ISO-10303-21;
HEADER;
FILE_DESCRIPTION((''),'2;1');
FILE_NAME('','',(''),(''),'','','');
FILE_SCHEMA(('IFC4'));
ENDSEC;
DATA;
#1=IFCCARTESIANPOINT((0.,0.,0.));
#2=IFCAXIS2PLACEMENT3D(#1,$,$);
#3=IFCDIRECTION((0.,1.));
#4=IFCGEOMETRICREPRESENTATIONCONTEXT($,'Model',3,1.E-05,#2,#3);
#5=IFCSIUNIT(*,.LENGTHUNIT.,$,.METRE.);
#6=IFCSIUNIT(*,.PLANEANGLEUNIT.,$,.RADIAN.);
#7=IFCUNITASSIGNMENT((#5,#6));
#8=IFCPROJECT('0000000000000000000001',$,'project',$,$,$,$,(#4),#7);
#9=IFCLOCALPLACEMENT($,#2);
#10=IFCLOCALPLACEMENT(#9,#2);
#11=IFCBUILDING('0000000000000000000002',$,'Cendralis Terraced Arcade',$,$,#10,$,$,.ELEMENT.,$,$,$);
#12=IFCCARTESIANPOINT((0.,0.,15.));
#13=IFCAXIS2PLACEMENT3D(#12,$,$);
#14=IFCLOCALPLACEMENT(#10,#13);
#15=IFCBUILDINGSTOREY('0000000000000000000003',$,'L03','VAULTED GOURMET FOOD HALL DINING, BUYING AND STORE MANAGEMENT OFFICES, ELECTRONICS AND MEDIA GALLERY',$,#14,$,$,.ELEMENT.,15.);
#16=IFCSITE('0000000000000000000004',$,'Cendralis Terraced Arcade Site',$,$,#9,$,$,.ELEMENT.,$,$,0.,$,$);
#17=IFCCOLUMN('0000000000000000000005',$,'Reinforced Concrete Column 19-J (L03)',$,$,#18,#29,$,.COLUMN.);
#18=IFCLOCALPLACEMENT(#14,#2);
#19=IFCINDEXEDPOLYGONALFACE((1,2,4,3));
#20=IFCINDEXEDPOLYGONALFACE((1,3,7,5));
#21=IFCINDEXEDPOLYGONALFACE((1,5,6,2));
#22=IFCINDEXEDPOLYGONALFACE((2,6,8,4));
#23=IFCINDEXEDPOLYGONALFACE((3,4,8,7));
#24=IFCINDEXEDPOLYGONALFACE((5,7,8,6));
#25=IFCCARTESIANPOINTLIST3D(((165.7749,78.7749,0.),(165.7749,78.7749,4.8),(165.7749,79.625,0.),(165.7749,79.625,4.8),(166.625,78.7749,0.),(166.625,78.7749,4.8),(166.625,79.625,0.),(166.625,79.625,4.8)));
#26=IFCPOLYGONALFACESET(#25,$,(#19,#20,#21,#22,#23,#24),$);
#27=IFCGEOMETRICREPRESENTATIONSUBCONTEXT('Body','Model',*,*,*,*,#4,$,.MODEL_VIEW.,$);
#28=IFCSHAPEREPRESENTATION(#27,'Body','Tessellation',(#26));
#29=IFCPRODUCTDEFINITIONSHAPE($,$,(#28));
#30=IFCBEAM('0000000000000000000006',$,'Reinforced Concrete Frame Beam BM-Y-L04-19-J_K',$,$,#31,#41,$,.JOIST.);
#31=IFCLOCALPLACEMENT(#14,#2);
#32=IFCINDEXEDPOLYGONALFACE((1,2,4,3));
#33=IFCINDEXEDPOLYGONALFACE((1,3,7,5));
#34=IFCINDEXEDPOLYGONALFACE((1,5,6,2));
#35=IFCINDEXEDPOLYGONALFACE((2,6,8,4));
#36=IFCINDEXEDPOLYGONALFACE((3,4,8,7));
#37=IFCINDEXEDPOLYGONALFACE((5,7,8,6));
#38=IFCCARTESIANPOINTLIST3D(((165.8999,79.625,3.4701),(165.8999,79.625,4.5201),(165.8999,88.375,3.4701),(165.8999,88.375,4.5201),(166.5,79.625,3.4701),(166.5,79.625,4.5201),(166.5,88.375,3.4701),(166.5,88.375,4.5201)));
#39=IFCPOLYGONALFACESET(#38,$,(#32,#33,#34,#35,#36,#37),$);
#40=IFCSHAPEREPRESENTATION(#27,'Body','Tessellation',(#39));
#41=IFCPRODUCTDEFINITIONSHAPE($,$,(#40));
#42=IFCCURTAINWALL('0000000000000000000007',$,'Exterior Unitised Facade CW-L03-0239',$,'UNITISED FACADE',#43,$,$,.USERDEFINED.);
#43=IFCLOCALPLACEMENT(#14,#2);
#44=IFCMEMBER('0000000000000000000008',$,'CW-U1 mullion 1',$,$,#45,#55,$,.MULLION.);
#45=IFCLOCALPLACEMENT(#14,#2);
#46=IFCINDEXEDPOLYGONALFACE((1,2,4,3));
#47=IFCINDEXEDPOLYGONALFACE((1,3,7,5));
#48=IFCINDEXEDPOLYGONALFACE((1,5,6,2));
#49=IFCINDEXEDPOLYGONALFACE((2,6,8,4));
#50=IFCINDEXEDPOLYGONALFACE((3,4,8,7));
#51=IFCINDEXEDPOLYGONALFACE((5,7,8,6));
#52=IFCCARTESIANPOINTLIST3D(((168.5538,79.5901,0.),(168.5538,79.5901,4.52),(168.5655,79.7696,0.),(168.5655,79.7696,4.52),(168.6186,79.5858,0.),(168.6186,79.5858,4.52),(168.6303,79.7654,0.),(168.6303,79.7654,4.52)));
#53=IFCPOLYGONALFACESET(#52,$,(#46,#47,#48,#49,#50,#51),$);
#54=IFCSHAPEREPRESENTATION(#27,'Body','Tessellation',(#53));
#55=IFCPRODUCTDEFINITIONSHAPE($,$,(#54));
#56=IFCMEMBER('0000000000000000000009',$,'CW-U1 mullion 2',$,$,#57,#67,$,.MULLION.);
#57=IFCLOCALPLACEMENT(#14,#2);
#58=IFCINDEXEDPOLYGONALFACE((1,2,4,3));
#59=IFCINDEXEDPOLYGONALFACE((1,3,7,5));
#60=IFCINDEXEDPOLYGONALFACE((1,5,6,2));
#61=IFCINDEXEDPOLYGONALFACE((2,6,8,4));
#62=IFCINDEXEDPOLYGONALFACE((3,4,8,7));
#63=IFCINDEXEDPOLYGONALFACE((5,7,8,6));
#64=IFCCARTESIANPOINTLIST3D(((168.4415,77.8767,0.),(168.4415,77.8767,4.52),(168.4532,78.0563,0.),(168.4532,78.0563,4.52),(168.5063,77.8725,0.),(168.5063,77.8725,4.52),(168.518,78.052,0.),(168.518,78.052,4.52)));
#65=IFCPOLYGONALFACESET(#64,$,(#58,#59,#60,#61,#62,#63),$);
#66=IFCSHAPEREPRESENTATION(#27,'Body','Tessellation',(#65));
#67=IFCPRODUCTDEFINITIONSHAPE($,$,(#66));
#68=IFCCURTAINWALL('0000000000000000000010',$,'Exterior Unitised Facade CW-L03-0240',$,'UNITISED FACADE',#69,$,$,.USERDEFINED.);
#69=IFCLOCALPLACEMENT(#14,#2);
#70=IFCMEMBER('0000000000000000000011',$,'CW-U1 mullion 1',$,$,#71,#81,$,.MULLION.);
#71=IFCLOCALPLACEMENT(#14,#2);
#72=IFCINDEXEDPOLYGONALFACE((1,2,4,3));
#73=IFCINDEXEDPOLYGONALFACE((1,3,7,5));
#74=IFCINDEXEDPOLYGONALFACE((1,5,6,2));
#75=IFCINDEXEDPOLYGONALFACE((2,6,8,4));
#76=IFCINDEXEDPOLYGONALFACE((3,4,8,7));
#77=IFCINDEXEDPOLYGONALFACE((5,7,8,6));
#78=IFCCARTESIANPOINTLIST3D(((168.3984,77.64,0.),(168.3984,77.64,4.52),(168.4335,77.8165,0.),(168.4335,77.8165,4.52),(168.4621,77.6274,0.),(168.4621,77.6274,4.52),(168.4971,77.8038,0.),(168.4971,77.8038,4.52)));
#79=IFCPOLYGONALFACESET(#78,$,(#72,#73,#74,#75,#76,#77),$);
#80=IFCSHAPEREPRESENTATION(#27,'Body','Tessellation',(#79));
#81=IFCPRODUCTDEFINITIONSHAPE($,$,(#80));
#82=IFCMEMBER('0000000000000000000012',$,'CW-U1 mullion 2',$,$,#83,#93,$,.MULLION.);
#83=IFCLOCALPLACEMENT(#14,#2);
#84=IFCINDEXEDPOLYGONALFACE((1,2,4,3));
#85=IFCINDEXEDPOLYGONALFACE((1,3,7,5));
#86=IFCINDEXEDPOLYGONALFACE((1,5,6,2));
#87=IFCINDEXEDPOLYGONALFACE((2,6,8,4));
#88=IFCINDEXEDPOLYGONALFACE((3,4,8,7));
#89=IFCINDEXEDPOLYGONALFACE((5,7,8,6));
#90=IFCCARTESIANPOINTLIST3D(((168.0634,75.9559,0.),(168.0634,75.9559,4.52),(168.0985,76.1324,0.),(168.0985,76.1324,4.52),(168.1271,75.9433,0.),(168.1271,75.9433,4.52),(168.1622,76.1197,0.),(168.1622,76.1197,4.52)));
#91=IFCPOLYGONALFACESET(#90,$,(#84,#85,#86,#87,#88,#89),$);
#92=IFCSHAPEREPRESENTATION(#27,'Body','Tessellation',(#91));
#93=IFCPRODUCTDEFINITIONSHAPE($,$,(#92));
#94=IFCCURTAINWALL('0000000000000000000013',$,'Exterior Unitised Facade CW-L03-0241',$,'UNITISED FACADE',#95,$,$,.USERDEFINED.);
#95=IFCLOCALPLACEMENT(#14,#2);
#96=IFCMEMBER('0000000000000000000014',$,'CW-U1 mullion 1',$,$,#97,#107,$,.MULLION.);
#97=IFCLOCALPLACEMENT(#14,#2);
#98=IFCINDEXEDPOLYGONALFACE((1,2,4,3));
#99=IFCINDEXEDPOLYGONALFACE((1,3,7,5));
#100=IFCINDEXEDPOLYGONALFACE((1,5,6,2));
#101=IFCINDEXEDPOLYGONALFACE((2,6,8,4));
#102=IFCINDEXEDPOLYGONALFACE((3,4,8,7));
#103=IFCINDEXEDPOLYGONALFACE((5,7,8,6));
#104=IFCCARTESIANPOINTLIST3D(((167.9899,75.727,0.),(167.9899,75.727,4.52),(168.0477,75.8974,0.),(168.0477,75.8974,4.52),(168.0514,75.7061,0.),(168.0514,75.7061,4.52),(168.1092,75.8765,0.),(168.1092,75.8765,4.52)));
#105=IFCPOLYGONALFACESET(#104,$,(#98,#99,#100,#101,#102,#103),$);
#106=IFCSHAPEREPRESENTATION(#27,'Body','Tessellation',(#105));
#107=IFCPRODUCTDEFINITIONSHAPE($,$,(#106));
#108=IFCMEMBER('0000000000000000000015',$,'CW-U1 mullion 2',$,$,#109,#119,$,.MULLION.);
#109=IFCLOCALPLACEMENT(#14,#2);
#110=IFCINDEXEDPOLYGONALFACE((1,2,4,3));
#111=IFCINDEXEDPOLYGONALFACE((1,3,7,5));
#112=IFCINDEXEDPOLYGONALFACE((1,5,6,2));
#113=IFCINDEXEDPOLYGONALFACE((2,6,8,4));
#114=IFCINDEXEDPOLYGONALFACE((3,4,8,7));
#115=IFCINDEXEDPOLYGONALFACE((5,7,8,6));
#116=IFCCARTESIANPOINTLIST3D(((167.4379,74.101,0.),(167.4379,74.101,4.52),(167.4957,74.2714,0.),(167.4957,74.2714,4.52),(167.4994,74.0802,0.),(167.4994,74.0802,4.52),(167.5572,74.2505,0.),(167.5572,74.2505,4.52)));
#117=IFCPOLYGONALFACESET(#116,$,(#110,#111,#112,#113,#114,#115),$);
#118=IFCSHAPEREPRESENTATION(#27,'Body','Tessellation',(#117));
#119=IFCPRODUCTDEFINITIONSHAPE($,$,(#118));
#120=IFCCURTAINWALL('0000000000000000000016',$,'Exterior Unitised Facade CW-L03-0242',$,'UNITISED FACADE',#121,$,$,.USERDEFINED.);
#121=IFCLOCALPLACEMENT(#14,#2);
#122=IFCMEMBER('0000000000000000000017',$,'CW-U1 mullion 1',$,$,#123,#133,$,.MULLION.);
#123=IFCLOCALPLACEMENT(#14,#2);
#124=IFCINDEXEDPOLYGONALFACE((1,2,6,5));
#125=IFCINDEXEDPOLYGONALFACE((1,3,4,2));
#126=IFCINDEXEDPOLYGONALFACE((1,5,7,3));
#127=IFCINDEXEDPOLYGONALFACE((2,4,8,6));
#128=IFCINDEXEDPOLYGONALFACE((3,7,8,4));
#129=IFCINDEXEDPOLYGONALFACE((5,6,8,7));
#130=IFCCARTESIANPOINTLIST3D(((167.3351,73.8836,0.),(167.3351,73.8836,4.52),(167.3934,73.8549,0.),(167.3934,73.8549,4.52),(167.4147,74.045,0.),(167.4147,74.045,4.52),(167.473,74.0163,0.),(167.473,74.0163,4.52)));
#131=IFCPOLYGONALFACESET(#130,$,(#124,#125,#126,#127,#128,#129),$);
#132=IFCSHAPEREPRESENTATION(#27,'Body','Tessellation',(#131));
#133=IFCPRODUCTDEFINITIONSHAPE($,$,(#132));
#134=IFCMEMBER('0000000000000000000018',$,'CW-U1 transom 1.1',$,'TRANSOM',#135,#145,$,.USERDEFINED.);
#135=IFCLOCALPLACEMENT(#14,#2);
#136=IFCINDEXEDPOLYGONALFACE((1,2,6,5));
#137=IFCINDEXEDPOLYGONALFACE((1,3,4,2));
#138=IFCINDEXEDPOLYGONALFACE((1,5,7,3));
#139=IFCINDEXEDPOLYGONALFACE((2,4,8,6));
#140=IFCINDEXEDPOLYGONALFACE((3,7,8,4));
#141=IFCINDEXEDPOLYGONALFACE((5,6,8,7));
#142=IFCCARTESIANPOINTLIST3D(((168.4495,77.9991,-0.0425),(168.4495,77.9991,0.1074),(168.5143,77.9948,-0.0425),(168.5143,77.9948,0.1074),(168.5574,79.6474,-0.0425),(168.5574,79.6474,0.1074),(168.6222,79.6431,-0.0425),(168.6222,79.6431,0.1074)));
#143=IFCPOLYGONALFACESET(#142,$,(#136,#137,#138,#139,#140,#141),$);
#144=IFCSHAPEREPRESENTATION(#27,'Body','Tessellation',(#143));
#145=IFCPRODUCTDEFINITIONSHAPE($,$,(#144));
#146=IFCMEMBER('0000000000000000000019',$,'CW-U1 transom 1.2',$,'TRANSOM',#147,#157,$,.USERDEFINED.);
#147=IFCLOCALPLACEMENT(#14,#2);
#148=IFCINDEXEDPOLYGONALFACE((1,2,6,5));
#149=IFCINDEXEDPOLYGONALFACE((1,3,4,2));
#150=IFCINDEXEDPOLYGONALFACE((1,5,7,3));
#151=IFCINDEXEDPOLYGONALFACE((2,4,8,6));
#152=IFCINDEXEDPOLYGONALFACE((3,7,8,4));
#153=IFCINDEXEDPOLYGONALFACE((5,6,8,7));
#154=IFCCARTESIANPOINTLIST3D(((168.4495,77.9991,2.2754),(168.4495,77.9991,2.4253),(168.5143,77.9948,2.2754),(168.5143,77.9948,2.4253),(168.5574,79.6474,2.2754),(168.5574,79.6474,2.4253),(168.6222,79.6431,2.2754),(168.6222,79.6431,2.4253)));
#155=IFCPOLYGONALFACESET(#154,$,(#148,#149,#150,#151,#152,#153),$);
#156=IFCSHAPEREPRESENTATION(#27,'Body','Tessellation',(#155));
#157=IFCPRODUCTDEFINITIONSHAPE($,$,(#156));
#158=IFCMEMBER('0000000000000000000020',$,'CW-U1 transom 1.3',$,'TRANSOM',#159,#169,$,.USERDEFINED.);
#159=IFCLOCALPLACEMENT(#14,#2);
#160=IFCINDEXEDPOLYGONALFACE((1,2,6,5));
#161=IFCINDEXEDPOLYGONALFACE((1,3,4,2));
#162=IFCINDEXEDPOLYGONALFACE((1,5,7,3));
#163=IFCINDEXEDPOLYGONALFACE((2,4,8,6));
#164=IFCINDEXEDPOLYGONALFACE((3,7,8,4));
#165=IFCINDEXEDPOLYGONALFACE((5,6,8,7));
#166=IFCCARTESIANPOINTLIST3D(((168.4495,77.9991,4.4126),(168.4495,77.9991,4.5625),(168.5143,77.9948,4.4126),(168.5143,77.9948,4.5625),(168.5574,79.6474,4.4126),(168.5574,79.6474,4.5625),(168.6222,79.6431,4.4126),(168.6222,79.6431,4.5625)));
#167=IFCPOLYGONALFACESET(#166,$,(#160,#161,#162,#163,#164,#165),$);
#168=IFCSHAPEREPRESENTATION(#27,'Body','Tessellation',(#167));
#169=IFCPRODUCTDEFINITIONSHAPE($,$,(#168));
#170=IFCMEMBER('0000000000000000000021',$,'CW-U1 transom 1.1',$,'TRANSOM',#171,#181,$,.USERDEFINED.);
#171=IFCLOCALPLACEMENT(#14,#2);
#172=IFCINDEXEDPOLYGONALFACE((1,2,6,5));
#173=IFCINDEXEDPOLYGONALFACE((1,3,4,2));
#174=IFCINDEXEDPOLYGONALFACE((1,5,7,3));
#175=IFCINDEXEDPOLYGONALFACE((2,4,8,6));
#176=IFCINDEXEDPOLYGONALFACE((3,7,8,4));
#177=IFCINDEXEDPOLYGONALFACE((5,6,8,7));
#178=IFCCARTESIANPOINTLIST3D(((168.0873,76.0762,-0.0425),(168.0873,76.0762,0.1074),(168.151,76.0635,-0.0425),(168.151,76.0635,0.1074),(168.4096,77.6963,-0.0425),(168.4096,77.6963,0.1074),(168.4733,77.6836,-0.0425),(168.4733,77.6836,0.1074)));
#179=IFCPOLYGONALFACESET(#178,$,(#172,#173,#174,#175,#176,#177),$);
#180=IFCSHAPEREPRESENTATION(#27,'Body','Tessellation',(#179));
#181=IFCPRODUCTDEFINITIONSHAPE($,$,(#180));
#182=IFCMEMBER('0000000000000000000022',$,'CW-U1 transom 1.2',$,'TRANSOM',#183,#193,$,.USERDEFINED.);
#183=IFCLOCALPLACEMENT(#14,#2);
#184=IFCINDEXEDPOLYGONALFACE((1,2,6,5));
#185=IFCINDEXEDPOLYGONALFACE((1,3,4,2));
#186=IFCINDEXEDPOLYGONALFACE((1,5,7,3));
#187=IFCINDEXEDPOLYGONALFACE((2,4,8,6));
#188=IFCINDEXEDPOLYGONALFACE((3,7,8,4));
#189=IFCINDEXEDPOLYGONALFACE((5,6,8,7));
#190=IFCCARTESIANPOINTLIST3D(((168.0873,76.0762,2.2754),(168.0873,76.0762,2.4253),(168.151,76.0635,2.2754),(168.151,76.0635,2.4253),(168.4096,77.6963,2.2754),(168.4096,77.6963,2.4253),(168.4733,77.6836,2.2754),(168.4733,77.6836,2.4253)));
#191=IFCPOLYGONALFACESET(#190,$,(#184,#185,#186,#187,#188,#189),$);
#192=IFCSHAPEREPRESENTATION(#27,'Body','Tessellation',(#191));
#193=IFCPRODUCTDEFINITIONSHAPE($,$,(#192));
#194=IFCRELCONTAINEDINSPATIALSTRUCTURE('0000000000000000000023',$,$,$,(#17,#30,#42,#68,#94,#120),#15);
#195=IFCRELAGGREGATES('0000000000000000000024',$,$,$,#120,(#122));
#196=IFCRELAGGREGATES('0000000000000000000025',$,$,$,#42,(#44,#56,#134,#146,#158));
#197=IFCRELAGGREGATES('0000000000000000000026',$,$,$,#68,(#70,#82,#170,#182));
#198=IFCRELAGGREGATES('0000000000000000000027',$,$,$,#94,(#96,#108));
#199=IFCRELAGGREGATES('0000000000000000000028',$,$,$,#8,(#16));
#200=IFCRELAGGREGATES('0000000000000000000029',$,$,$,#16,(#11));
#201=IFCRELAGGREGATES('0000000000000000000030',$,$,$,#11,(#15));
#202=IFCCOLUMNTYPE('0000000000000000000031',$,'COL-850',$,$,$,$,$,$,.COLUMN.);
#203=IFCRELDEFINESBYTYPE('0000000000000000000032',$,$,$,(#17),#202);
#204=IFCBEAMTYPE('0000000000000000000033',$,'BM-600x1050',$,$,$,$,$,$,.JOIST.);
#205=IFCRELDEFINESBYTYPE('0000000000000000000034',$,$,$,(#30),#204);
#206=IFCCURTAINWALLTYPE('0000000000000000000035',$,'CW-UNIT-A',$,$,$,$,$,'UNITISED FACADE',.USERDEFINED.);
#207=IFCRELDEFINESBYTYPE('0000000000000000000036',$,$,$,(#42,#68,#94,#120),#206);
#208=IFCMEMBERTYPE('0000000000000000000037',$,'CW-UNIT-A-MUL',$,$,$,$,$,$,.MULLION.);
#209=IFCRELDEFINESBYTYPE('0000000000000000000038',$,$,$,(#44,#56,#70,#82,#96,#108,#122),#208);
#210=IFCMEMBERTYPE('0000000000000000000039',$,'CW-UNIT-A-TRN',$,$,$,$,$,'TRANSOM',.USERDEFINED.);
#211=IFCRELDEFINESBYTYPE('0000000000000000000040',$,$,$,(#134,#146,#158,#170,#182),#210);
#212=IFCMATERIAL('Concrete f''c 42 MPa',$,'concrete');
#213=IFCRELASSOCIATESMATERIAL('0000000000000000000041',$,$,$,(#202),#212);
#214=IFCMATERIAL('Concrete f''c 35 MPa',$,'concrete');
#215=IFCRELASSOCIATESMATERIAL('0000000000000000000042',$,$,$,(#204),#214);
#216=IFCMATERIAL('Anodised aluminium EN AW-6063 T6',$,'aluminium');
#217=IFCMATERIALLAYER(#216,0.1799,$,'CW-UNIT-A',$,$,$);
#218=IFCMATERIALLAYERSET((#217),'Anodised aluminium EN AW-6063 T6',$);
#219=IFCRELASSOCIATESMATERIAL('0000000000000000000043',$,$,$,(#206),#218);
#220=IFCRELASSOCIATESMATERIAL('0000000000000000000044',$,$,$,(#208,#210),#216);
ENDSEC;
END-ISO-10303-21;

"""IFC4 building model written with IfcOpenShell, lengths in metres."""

from ifc_helpers import new_model, si_unit, direction, frame, origin, origin_2d, place, context, subcontext, project, spatial, rectangle, extrude, material, layer, layer_set, material_profile, profile_set, type_object, element, aggregate, save


model = new_model("IFC4")

# Units and contexts
model_context = context("Model", 3, precision=1e-05, world=origin(), true_north=direction((0.0, 1.0)))
body_context = subcontext(model_context, "Body", "Model", "MODEL_VIEW")
ifc_project = project(units=[si_unit("LENGTHUNIT", "METRE"), si_unit("PLANEANGLEUNIT", "RADIAN")], contexts=[model_context])

# Site, building, storey
site_placement = place(None, origin())
site = spatial("IfcSite", under=ifc_project, at=site_placement, Name="Cendralis Terraced Arcade Site", CompositionType="ELEMENT", RefElevation=0.0)
building_placement = place(site_placement, origin())
building = spatial("IfcBuilding", under=site, at=building_placement, Name="Cendralis Terraced Arcade", CompositionType="ELEMENT")
storey_placement = place(building_placement, frame((0.0, 0.0, 15.0)))
storey = spatial("IfcBuildingStorey", under=building, at=storey_placement, Name="L03", Description="VAULTED GOURMET FOOD HALL DINING, BUYING AND STORE MANAGEMENT OFFICES, ELECTRONICS AND MEDIA GALLERY", CompositionType="ELEMENT", Elevation=15.0)

# Column
ifc_material_1 = material(Name="Concrete f'c 42 MPa", Category="concrete")
ifc_material_profile_1 = material_profile(ifc_material_1, rectangle(XDim=0.8501, YDim=0.8501, at=origin_2d()), Name="RC-COL-850x850", Category="LoadBearing")
ifc_profile_set_1 = profile_set([ifc_material_profile_1], Name="Concrete f'c 42 MPa")
column_type = type_object("IfcColumnType", Name="COL-850", PredefinedType="COLUMN", material=ifc_profile_set_1)
column_placement = place(storey_placement, frame((166.2, 79.2, 0.0), z_axis=(0.0, 0.0, 1.0), x_axis=(1.0, 0.0, 0.0)))
element("IfcColumn", 1, at=column_placement, inside=storey, type_object=column_type, Name="Reinforced Concrete Column 19-J (L03)", PredefinedType="COLUMN", context=body_context, shape_type="SweptSolid", body=[
    extrude(rectangle(XDim=0.8501, YDim=0.8501, at=origin_2d()), origin(), (0.0, 0.0, 1.0), 4.8),
])

# Beam
ifc_material_2 = material(Name="Concrete f'c 35 MPa", Category="concrete")
ifc_material_profile_2 = material_profile(ifc_material_2, rectangle(XDim=0.6001, YDim=1.05, at=origin_2d()), Name="RC-BM-600x1050", Category="LoadBearing")
ifc_profile_set_2 = profile_set([ifc_material_profile_2], Name="Concrete f'c 35 MPa")
beam_type = type_object("IfcBeamType", Name="BM-600x1050", PredefinedType="JOIST", material=ifc_profile_set_2)
beam_placement = place(storey_placement, frame((166.2, 79.625, 3.9951), z_axis=(0.0, 1.0, 0.0), x_axis=(-1.0, 0.0, 0.0)))
element("IfcBeam", 2, at=beam_placement, inside=storey, type_object=beam_type, Name="Reinforced Concrete Frame Beam BM-Y-L04-19-J_K", PredefinedType="JOIST", context=body_context, shape_type="SweptSolid", body=[
    extrude(rectangle(XDim=0.6001, YDim=1.05, at=origin_2d()), origin(), (0.0, 0.0, 1.0), 8.75),
])

# Curtain walls, members
ifc_material_3 = material(Name="Anodised aluminium EN AW-6063 T6", Category="aluminium")
ifc_layer_1 = layer(ifc_material_3, 0.1799, Name="CW-UNIT-A")
ifc_layer_set_1 = layer_set([ifc_layer_1], Name="Anodised aluminium EN AW-6063 T6")
curtain_wall_type = type_object("IfcCurtainWallType", Name="CW-UNIT-A", ElementType="UNITISED FACADE", PredefinedType="USERDEFINED", material=ifc_layer_set_1)
curtain_wall_1_placement = place(storey_placement, origin())
curtain_wall_1 = element("IfcCurtainWall", 3, at=curtain_wall_1_placement, inside=storey, type_object=curtain_wall_type, Name="Exterior Unitised Facade CW-L03-0239", ObjectType="UNITISED FACADE", PredefinedType="USERDEFINED")
ifc_material_profile_3 = material_profile(ifc_material_3, rectangle(XDim=0.0649, YDim=0.1799, at=origin_2d()), Name="ALU-MUL-65x180")
ifc_profile_set_3 = profile_set([ifc_material_profile_3], Name="Anodised aluminium EN AW-6063 T6")
member_type_1 = type_object("IfcMemberType", Name="CW-UNIT-A-MUL", PredefinedType="MULLION", material=ifc_profile_set_3)
member_1_placement = place(storey_placement, frame((168.592, 79.6777, 0.0), z_axis=(0.0, 0.0, 1.0), x_axis=(0.997861, -0.065372, 0.0)))
member_1 = element("IfcMember", 4, at=member_1_placement, type_object=member_type_1, Name="CW-U1 mullion 1", PredefinedType="MULLION", context=body_context, shape_type="SweptSolid", body=[
    extrude(rectangle(XDim=0.0649, YDim=0.1799, at=origin_2d()), origin(), (0.0, 0.0, 1.0), 4.52),
])
member_2_placement = place(storey_placement, frame((168.4797, 77.9644, 0.0), z_axis=(0.0, 0.0, 1.0), x_axis=(0.997861, -0.065372, 0.0)))
member_2 = element("IfcMember", 5, at=member_2_placement, type_object=member_type_1, Name="CW-U1 mullion 2", PredefinedType="MULLION", context=body_context, shape_type="SweptSolid", body=[
    extrude(rectangle(XDim=0.0649, YDim=0.1799, at=origin_2d()), origin(), (0.0, 0.0, 1.0), 4.52),
])
curtain_wall_2_placement = place(storey_placement, origin())
curtain_wall_2 = element("IfcCurtainWall", 6, at=curtain_wall_2_placement, inside=storey, type_object=curtain_wall_type, Name="Exterior Unitised Facade CW-L03-0240", ObjectType="UNITISED FACADE", PredefinedType="USERDEFINED")
member_3_placement = place(storey_placement, frame((168.4478, 77.7219, 0.0), z_axis=(0.0, 0.0, 1.0), x_axis=(0.980792, -0.195058, 0.0)))
member_3 = element("IfcMember", 7, at=member_3_placement, type_object=member_type_1, Name="CW-U1 mullion 1", PredefinedType="MULLION", context=body_context, shape_type="SweptSolid", body=[
    extrude(rectangle(XDim=0.0649, YDim=0.1799, at=origin_2d()), origin(), (0.0, 0.0, 1.0), 4.52),
])
member_4_placement = place(storey_placement, frame((168.1128, 76.0378, 0.0), z_axis=(0.0, 0.0, 1.0), x_axis=(0.980792, -0.195058, 0.0)))
member_4 = element("IfcMember", 8, at=member_4_placement, type_object=member_type_1, Name="CW-U1 mullion 2", PredefinedType="MULLION", context=body_context, shape_type="SweptSolid", body=[
    extrude(rectangle(XDim=0.0649, YDim=0.1799, at=origin_2d()), origin(), (0.0, 0.0, 1.0), 4.52),
])
curtain_wall_3_placement = place(storey_placement, origin())
curtain_wall_3 = element("IfcCurtainWall", 9, at=curtain_wall_3_placement, inside=storey, type_object=curtain_wall_type, Name="Exterior Unitised Facade CW-L03-0241", ObjectType="UNITISED FACADE", PredefinedType="USERDEFINED")
member_5_placement = place(storey_placement, frame((168.0496, 75.8018, 0.0), z_axis=(0.0, 0.0, 1.0), x_axis=(0.946924, -0.321458, 0.0)))
member_5 = element("IfcMember", 10, at=member_5_placement, type_object=member_type_1, Name="CW-U1 mullion 1", PredefinedType="MULLION", context=body_context, shape_type="SweptSolid", body=[
    extrude(rectangle(XDim=0.0649, YDim=0.1799, at=origin_2d()), origin(), (0.0, 0.0, 1.0), 4.52),
])
member_6_placement = place(storey_placement, frame((167.4976, 74.1758, 0.0), z_axis=(0.0, 0.0, 1.0), x_axis=(0.946924, -0.321458, 0.0)))
member_6 = element("IfcMember", 11, at=member_6_placement, type_object=member_type_1, Name="CW-U1 mullion 2", PredefinedType="MULLION", context=body_context, shape_type="SweptSolid", body=[
    extrude(rectangle(XDim=0.0649, YDim=0.1799, at=origin_2d()), origin(), (0.0, 0.0, 1.0), 4.52),
])

# Curtain wall, member
curtain_wall_4_placement = place(storey_placement, origin())
curtain_wall_4 = element("IfcCurtainWall", 12, at=curtain_wall_4_placement, inside=storey, type_object=curtain_wall_type, Name="Exterior Unitised Facade CW-L03-0242", ObjectType="UNITISED FACADE", PredefinedType="USERDEFINED")
member_7_placement = place(storey_placement, frame((167.4041, 73.95, 0.0), z_axis=(0.0, 0.0, 1.0), x_axis=(0.896871, -0.442291, 0.0)))
member_7 = element("IfcMember", 13, at=member_7_placement, type_object=member_type_1, Name="CW-U1 mullion 1", PredefinedType="MULLION", context=body_context, shape_type="SweptSolid", body=[
    extrude(rectangle(XDim=0.0649, YDim=0.1799, at=origin_2d()), origin(), (0.0, 0.0, 1.0), 4.52),
])

# Members
ifc_material_profile_4 = material_profile(ifc_material_3, rectangle(XDim=0.0649, YDim=0.1499, at=origin_2d()), Name="ALU-TRN-65x150")
ifc_profile_set_4 = profile_set([ifc_material_profile_4], Name="Anodised aluminium EN AW-6063 T6")
member_type_2 = type_object("IfcMemberType", Name="CW-UNIT-A-TRN", ElementType="TRANSOM", PredefinedType="USERDEFINED", material=ifc_profile_set_4)
member_8_placement = place(storey_placement, frame((168.5898, 79.6453, 0.0325), z_axis=(-0.065322, -0.997864, 0.0), x_axis=(0.997864, -0.065322, 0.0)))
member_8 = element("IfcMember", 14, at=member_8_placement, type_object=member_type_2, Name="CW-U1 transom 1.1", ObjectType="TRANSOM", PredefinedType="USERDEFINED", context=body_context, shape_type="SweptSolid", body=[
    extrude(rectangle(XDim=0.0649, YDim=0.1499, at=origin_2d()), origin(), (0.0, 0.0, 1.0), 1.6519),
])
member_9_placement = place(storey_placement, frame((168.5898, 79.6453, 2.3503), z_axis=(-0.065322, -0.997864, 0.0), x_axis=(0.997864, -0.065322, 0.0)))
member_9 = element("IfcMember", 15, at=member_9_placement, type_object=member_type_2, Name="CW-U1 transom 1.2", ObjectType="TRANSOM", PredefinedType="USERDEFINED", context=body_context, shape_type="SweptSolid", body=[
    extrude(rectangle(XDim=0.0649, YDim=0.1499, at=origin_2d()), origin(), (0.0, 0.0, 1.0), 1.6519),
])
member_10_placement = place(storey_placement, frame((168.5898, 79.6453, 4.4875), z_axis=(-0.065322, -0.997864, 0.0), x_axis=(0.997864, -0.065322, 0.0)))
member_10 = element("IfcMember", 16, at=member_10_placement, type_object=member_type_2, Name="CW-U1 transom 1.3", ObjectType="TRANSOM", PredefinedType="USERDEFINED", context=body_context, shape_type="SweptSolid", body=[
    extrude(rectangle(XDim=0.0649, YDim=0.1499, at=origin_2d()), origin(), (0.0, 0.0, 1.0), 1.6519),
])
member_11_placement = place(storey_placement, frame((168.4414, 77.6899, 0.0325), z_axis=(-0.195093, -0.980785, 0.0), x_axis=(0.980785, -0.195093, 0.0)))
member_11 = element("IfcMember", 17, at=member_11_placement, type_object=member_type_2, Name="CW-U1 transom 1.1", ObjectType="TRANSOM", PredefinedType="USERDEFINED", context=body_context, shape_type="SweptSolid", body=[
    extrude(rectangle(XDim=0.0649, YDim=0.1499, at=origin_2d()), origin(), (0.0, 0.0, 1.0), 1.6519),
])
member_12_placement = place(storey_placement, frame((168.4414, 77.6899, 2.3503), z_axis=(-0.195093, -0.980785, 0.0), x_axis=(0.980785, -0.195093, 0.0)))
member_12 = element("IfcMember", 18, at=member_12_placement, type_object=member_type_2, Name="CW-U1 transom 1.2", ObjectType="TRANSOM", PredefinedType="USERDEFINED", context=body_context, shape_type="SweptSolid", body=[
    extrude(rectangle(XDim=0.0649, YDim=0.1499, at=origin_2d()), origin(), (0.0, 0.0, 1.0), 1.6519),
])
aggregate(curtain_wall_4, [member_7])

aggregate(curtain_wall_1, [member_1, member_2, member_8, member_9, member_10])
aggregate(curtain_wall_2, [member_3, member_4, member_11, member_12])
aggregate(curtain_wall_3, [member_5, member_6])

save(model, "model.ifc")
